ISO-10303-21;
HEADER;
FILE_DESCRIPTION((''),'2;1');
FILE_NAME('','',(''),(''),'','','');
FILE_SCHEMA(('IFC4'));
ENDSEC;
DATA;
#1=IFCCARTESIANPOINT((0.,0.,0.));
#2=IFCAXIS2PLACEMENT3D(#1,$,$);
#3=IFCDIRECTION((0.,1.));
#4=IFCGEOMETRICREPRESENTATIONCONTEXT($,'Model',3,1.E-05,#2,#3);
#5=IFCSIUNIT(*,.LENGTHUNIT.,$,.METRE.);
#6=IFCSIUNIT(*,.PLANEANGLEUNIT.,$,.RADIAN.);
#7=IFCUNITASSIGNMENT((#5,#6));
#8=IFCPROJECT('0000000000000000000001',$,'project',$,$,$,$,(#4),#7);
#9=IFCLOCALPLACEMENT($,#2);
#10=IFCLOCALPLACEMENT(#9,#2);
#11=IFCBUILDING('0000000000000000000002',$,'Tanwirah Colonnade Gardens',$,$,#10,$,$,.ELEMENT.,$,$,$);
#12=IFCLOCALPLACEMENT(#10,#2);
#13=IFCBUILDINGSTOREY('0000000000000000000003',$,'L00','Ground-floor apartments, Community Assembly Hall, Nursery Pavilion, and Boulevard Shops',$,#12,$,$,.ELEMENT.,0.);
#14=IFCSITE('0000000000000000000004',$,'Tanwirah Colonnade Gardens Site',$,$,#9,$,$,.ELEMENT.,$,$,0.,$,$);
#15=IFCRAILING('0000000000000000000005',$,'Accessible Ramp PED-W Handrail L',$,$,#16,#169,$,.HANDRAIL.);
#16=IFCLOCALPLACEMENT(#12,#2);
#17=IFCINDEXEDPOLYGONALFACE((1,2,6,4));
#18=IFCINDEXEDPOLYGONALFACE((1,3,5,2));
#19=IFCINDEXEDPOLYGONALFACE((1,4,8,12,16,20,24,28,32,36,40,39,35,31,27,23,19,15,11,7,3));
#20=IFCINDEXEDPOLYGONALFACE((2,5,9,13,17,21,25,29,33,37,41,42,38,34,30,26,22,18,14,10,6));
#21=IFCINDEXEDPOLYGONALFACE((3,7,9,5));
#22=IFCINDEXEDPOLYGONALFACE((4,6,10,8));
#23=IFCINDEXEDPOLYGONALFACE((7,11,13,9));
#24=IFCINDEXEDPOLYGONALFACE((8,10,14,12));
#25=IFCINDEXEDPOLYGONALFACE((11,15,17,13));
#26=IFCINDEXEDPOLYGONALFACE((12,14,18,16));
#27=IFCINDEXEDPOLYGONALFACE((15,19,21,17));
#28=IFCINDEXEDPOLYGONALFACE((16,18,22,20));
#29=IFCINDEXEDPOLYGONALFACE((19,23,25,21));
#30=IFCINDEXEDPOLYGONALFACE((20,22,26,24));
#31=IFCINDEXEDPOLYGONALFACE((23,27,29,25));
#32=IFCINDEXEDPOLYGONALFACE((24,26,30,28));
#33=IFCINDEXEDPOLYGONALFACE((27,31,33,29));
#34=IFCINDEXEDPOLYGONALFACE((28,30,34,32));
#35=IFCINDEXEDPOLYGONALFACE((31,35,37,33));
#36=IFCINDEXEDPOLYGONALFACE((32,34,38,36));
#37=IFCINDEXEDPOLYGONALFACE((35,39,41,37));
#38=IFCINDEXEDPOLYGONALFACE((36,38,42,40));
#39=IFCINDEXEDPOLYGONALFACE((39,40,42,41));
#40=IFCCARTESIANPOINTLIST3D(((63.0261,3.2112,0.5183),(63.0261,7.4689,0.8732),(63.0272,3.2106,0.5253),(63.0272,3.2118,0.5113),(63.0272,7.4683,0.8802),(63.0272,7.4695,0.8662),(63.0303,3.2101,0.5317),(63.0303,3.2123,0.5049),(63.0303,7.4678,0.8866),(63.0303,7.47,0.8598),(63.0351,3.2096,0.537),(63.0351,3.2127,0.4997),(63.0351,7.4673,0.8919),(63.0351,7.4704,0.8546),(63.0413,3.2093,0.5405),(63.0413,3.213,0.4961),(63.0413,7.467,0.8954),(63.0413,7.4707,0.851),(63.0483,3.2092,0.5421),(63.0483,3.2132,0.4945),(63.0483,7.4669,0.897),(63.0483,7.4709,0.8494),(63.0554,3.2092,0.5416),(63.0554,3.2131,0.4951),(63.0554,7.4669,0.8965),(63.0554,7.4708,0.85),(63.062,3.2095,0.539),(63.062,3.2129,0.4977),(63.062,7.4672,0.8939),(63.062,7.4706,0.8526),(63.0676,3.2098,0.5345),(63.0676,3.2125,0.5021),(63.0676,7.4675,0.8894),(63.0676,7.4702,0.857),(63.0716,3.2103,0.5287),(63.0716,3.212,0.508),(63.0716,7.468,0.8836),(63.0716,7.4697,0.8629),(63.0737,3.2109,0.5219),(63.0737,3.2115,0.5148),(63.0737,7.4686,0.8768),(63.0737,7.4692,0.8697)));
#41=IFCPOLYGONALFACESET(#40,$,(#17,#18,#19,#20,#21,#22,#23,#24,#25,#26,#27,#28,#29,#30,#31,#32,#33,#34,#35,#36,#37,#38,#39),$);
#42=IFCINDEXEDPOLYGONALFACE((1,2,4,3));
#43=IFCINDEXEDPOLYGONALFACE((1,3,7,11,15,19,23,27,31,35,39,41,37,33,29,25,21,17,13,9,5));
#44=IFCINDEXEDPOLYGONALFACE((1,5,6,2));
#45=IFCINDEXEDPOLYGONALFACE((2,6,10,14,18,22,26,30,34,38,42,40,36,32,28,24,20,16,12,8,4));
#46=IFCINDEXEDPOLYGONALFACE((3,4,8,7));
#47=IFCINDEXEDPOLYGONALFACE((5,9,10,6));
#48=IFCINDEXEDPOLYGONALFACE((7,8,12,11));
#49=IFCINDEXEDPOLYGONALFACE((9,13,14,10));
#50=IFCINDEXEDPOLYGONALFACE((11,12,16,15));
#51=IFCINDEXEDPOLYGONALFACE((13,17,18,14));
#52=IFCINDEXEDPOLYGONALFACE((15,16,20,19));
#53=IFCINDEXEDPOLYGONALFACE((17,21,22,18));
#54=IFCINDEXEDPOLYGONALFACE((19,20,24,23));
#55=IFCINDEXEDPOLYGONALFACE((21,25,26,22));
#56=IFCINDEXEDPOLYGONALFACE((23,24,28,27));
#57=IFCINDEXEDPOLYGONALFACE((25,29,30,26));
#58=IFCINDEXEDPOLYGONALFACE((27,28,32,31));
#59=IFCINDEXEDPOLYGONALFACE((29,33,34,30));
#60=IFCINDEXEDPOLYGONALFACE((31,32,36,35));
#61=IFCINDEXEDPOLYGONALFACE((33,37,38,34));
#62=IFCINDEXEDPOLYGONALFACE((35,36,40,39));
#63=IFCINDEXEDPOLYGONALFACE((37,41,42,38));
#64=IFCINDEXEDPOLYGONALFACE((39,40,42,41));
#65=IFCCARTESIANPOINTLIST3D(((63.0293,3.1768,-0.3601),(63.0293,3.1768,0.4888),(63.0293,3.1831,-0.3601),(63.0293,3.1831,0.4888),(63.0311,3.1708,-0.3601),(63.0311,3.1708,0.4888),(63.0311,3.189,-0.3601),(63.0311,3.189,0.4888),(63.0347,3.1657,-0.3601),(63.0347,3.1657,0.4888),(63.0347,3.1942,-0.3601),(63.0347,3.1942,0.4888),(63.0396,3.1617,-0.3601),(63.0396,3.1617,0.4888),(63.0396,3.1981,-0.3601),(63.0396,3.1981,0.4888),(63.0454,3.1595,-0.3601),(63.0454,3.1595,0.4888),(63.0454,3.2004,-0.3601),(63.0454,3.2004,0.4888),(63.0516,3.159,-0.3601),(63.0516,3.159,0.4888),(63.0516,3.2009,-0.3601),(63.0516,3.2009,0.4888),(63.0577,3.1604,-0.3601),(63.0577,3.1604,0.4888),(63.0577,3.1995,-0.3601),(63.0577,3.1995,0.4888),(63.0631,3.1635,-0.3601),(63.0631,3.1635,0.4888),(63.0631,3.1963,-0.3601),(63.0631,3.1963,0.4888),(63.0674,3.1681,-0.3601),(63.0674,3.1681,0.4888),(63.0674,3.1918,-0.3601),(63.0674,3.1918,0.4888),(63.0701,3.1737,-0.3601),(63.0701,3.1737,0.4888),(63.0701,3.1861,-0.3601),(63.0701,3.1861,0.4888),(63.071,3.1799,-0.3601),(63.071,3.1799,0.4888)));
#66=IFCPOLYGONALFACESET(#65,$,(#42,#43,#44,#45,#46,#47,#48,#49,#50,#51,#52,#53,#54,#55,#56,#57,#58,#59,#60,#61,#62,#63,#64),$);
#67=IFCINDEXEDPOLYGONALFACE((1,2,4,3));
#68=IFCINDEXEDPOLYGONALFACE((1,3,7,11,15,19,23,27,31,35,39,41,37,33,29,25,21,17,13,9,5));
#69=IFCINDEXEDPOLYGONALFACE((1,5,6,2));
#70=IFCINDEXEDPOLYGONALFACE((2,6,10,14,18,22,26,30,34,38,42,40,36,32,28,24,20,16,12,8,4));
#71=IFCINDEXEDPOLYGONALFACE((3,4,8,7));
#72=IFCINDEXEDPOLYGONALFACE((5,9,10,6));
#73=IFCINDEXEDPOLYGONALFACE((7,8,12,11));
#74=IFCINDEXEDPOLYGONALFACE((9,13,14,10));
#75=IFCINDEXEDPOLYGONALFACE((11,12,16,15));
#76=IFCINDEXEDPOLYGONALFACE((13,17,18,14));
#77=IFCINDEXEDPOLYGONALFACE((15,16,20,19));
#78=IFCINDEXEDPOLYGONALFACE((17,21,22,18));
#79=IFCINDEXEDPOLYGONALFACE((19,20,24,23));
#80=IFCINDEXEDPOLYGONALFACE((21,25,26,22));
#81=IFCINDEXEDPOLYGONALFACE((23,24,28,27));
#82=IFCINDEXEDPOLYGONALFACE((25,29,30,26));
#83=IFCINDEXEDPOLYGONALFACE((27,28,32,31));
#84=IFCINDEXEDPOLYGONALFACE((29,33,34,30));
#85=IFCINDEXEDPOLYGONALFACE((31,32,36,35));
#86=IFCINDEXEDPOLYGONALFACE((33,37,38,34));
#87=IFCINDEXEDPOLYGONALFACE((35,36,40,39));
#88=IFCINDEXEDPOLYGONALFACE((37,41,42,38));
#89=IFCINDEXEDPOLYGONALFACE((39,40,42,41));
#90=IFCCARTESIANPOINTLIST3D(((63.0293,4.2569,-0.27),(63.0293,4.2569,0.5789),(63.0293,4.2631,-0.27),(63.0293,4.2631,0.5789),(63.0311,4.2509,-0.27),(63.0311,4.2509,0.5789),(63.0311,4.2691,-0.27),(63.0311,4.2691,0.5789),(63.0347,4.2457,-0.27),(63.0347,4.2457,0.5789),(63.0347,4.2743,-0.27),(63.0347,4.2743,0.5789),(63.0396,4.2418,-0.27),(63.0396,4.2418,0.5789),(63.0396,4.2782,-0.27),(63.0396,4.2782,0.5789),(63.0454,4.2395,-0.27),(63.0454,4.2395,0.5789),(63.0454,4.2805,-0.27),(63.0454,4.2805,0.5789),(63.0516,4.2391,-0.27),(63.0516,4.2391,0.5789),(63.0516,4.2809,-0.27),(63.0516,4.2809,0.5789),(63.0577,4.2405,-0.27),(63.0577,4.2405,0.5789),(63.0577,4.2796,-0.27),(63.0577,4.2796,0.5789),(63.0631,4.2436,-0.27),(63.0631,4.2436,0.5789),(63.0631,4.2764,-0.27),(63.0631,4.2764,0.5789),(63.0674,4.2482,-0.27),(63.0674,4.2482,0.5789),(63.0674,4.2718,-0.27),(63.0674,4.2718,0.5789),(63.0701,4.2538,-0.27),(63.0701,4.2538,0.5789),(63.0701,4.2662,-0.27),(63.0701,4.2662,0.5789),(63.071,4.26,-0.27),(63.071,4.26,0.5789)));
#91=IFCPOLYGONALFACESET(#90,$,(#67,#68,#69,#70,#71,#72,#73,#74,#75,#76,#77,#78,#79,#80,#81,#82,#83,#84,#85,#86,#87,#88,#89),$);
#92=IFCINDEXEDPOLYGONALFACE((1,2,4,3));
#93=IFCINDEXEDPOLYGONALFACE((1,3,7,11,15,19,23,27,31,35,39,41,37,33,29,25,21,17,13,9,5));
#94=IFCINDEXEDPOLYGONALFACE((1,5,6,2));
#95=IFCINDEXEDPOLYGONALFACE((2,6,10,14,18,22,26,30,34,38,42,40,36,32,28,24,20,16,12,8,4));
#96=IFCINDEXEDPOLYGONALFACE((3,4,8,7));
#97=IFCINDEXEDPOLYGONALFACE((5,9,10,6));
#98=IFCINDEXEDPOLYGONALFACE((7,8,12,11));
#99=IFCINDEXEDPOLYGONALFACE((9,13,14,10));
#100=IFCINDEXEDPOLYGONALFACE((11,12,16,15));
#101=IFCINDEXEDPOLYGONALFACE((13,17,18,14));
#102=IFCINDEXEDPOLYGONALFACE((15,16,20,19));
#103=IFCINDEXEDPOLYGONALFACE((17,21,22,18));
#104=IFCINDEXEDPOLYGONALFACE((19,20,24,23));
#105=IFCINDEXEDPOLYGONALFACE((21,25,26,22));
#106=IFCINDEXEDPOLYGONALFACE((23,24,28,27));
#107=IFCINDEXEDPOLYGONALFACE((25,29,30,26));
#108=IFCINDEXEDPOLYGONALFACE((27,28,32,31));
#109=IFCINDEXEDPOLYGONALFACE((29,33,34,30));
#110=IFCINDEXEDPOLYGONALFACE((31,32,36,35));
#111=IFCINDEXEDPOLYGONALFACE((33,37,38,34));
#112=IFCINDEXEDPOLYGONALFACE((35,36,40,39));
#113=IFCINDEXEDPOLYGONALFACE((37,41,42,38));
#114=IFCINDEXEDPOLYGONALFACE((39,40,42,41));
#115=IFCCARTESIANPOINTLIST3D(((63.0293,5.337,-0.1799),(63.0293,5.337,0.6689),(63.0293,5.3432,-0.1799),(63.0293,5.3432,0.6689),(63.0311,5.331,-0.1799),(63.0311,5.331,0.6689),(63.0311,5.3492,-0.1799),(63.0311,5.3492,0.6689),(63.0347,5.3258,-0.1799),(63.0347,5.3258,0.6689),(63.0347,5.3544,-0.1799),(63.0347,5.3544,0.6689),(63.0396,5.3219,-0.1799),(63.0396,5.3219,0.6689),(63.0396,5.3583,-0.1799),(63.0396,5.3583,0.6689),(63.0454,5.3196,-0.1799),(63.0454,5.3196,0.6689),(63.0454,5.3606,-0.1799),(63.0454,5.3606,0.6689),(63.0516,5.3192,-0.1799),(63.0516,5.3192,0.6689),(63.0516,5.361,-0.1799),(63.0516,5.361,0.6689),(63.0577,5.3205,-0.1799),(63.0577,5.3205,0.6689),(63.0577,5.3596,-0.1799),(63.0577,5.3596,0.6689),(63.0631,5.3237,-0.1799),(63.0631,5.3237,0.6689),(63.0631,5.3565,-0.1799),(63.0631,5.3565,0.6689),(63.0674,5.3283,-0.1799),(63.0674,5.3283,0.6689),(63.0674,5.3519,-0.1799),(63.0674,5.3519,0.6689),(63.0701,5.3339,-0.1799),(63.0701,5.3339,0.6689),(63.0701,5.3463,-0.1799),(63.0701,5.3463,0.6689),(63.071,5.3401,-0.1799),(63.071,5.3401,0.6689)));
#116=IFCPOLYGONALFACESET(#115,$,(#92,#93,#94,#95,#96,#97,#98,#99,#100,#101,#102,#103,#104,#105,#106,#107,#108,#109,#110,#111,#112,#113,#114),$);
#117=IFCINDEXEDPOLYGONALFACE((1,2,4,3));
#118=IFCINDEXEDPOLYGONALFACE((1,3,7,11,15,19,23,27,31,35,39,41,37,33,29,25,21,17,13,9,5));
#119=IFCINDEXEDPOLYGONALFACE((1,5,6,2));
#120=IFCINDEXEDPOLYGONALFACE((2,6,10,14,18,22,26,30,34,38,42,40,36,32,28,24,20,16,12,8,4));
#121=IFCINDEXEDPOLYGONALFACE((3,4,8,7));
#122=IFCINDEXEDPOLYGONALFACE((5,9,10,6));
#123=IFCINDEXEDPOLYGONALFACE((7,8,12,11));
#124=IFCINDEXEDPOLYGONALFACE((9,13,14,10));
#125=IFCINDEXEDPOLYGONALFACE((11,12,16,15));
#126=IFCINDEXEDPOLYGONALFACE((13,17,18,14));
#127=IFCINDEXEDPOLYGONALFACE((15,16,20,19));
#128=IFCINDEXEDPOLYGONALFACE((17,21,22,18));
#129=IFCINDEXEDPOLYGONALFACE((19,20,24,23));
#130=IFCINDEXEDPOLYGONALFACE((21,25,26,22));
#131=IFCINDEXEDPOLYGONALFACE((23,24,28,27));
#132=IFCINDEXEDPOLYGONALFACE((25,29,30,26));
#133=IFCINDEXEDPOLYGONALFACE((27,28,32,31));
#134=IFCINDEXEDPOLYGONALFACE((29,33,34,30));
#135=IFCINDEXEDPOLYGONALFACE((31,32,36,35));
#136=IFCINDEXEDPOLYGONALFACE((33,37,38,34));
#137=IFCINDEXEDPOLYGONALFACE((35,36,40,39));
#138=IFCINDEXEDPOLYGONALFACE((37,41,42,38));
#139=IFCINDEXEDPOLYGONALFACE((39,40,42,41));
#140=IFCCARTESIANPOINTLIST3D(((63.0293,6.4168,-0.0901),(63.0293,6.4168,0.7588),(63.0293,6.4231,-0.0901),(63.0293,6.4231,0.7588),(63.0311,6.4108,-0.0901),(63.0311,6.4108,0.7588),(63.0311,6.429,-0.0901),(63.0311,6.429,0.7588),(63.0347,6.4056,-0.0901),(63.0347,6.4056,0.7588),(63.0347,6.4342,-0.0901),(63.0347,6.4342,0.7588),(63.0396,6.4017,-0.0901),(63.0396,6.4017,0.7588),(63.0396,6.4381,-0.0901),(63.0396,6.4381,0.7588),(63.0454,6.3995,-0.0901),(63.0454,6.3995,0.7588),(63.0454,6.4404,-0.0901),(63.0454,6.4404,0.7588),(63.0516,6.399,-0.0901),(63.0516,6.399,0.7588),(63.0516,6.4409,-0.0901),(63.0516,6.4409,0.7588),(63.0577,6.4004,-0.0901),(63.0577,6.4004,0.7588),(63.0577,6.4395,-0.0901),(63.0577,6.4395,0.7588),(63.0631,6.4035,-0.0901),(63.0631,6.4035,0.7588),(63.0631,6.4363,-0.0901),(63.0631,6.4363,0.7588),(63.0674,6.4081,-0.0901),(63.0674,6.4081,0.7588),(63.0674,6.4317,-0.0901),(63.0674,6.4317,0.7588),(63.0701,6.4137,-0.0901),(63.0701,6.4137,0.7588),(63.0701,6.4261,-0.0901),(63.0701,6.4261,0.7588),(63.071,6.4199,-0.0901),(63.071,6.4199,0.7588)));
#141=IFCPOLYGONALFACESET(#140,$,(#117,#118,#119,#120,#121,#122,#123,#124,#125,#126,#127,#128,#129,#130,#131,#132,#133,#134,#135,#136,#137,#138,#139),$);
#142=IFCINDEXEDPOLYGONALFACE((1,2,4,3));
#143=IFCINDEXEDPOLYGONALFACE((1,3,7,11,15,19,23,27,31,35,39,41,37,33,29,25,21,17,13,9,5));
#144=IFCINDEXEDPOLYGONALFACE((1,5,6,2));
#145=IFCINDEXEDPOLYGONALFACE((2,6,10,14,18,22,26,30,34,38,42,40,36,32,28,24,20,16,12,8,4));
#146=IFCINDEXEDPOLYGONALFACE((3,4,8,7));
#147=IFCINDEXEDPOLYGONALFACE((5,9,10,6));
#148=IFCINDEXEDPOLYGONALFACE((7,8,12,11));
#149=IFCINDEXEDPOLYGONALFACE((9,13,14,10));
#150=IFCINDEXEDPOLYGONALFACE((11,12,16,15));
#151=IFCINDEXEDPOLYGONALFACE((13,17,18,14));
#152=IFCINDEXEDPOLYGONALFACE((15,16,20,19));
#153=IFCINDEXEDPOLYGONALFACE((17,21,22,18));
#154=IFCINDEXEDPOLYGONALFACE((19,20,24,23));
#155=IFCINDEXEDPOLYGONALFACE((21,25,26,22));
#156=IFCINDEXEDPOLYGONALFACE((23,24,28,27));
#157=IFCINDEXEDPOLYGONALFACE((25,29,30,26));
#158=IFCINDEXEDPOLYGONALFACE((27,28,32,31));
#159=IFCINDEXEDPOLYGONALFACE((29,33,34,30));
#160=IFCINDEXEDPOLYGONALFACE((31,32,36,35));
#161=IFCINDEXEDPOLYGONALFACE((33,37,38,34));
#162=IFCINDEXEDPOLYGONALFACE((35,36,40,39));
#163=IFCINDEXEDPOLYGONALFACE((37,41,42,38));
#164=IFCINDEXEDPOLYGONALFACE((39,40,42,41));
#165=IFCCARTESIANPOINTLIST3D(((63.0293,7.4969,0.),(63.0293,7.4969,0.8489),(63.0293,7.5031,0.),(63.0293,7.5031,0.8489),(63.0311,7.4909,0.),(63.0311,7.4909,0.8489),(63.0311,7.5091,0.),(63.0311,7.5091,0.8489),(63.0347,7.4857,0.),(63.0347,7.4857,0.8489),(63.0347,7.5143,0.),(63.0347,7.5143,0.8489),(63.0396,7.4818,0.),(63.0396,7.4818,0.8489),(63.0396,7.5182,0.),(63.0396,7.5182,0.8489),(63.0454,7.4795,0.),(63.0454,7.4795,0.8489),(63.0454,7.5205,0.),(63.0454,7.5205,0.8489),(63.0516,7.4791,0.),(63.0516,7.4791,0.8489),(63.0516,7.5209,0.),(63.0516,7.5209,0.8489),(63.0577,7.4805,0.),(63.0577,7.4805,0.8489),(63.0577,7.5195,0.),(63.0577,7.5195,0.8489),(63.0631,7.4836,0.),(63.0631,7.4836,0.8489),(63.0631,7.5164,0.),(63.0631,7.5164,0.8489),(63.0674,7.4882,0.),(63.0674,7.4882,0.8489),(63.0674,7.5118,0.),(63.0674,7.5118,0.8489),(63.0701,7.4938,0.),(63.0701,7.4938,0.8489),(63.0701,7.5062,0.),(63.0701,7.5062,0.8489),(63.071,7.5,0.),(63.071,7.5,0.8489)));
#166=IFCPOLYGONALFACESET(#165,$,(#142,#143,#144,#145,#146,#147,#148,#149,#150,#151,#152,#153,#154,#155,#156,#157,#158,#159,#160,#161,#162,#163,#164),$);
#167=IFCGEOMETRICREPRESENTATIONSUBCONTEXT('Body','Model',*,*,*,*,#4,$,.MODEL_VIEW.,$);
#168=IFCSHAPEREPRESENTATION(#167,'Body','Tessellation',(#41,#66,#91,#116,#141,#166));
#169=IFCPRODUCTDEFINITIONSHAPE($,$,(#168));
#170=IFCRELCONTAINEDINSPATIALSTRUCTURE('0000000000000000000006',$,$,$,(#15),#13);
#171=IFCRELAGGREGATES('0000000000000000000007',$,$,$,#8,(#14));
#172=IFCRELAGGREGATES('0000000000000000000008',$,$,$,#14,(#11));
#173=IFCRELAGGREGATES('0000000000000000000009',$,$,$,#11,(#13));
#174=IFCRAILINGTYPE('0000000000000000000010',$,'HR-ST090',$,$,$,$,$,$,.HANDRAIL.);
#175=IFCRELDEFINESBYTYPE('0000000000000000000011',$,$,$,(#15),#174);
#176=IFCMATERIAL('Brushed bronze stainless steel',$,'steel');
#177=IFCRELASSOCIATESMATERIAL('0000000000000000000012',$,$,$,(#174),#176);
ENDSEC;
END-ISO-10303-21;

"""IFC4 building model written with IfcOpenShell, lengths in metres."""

from ifc_helpers import new_model, si_unit, direction, frame, origin, origin_2d, place, context, subcontext, project, spatial, circle, extrude, material, type_object, element, save


model = new_model("IFC4")

# Units and contexts
model_context = context("Model", 3, precision=1e-05, world=origin(), true_north=direction((0.0, 1.0)))
body_context = subcontext(model_context, "Body", "Model", "MODEL_VIEW")
ifc_project = project(units=[si_unit("LENGTHUNIT", "METRE"), si_unit("PLANEANGLEUNIT", "RADIAN")], contexts=[model_context])

# Site, building, storey
site_placement = place(None, origin())
site = spatial("IfcSite", under=ifc_project, at=site_placement, Name="Tanwirah Colonnade Gardens Site", CompositionType="ELEMENT", RefElevation=0.0)
building_placement = place(site_placement, origin())
building = spatial("IfcBuilding", under=site, at=building_placement, Name="Tanwirah Colonnade Gardens", CompositionType="ELEMENT")
storey_placement = place(building_placement, origin())
storey = spatial("IfcBuildingStorey", under=building, at=storey_placement, Name="L00", Description="Ground-floor apartments, Community Assembly Hall, Nursery Pavilion, and Boulevard Shops", CompositionType="ELEMENT", Elevation=0.0)

# Railing
ifc_material_1 = material(Name="Brushed bronze stainless steel", Category="steel")
railing_type = type_object("IfcRailingType", Name="HR-ST090", PredefinedType="HANDRAIL", material=ifc_material_1)
for number, where, name in (
    (1, (63.05, 3.1799, -0.3601), "Accessible Ramp PED-W Handrail L"),
):
    element("IfcRailing", number, at=place(storey_placement, frame(where)), inside=storey, type_object=railing_type, Name=name, PredefinedType="HANDRAIL", context=body_context, shape_type="SweptSolid", body=[
        extrude(circle(Radius=0.0239, at=origin_2d()), frame((0.0, 0.0312, 0.8784), z_axis=(0.0, 0.996544, 0.083069), x_axis=(-1.0, 0.0, 0.0)), (0.0, 0.0, 1.0), 4.2725),
        extrude(circle(Radius=0.021, at=origin_2d()), origin(), (0.0, 0.0, 1.0), 0.8489),
        extrude(circle(Radius=0.021, at=origin_2d()), frame((0.0, 1.0801, 0.0901)), (0.0, 0.0, 1.0), 0.8489),
        extrude(circle(Radius=0.021, at=origin_2d()), frame((0.0, 2.1602, 0.1802)), (0.0, 0.0, 1.0), 0.8489),
        extrude(circle(Radius=0.021, at=origin_2d()), frame((0.0, 3.24, 0.27)), (0.0, 0.0, 1.0), 0.8489),
        extrude(circle(Radius=0.021, at=origin_2d()), frame((0.0, 4.3201, 0.3601)), (0.0, 0.0, 1.0), 0.8489),
    ])

save(model, "model.ifc")
